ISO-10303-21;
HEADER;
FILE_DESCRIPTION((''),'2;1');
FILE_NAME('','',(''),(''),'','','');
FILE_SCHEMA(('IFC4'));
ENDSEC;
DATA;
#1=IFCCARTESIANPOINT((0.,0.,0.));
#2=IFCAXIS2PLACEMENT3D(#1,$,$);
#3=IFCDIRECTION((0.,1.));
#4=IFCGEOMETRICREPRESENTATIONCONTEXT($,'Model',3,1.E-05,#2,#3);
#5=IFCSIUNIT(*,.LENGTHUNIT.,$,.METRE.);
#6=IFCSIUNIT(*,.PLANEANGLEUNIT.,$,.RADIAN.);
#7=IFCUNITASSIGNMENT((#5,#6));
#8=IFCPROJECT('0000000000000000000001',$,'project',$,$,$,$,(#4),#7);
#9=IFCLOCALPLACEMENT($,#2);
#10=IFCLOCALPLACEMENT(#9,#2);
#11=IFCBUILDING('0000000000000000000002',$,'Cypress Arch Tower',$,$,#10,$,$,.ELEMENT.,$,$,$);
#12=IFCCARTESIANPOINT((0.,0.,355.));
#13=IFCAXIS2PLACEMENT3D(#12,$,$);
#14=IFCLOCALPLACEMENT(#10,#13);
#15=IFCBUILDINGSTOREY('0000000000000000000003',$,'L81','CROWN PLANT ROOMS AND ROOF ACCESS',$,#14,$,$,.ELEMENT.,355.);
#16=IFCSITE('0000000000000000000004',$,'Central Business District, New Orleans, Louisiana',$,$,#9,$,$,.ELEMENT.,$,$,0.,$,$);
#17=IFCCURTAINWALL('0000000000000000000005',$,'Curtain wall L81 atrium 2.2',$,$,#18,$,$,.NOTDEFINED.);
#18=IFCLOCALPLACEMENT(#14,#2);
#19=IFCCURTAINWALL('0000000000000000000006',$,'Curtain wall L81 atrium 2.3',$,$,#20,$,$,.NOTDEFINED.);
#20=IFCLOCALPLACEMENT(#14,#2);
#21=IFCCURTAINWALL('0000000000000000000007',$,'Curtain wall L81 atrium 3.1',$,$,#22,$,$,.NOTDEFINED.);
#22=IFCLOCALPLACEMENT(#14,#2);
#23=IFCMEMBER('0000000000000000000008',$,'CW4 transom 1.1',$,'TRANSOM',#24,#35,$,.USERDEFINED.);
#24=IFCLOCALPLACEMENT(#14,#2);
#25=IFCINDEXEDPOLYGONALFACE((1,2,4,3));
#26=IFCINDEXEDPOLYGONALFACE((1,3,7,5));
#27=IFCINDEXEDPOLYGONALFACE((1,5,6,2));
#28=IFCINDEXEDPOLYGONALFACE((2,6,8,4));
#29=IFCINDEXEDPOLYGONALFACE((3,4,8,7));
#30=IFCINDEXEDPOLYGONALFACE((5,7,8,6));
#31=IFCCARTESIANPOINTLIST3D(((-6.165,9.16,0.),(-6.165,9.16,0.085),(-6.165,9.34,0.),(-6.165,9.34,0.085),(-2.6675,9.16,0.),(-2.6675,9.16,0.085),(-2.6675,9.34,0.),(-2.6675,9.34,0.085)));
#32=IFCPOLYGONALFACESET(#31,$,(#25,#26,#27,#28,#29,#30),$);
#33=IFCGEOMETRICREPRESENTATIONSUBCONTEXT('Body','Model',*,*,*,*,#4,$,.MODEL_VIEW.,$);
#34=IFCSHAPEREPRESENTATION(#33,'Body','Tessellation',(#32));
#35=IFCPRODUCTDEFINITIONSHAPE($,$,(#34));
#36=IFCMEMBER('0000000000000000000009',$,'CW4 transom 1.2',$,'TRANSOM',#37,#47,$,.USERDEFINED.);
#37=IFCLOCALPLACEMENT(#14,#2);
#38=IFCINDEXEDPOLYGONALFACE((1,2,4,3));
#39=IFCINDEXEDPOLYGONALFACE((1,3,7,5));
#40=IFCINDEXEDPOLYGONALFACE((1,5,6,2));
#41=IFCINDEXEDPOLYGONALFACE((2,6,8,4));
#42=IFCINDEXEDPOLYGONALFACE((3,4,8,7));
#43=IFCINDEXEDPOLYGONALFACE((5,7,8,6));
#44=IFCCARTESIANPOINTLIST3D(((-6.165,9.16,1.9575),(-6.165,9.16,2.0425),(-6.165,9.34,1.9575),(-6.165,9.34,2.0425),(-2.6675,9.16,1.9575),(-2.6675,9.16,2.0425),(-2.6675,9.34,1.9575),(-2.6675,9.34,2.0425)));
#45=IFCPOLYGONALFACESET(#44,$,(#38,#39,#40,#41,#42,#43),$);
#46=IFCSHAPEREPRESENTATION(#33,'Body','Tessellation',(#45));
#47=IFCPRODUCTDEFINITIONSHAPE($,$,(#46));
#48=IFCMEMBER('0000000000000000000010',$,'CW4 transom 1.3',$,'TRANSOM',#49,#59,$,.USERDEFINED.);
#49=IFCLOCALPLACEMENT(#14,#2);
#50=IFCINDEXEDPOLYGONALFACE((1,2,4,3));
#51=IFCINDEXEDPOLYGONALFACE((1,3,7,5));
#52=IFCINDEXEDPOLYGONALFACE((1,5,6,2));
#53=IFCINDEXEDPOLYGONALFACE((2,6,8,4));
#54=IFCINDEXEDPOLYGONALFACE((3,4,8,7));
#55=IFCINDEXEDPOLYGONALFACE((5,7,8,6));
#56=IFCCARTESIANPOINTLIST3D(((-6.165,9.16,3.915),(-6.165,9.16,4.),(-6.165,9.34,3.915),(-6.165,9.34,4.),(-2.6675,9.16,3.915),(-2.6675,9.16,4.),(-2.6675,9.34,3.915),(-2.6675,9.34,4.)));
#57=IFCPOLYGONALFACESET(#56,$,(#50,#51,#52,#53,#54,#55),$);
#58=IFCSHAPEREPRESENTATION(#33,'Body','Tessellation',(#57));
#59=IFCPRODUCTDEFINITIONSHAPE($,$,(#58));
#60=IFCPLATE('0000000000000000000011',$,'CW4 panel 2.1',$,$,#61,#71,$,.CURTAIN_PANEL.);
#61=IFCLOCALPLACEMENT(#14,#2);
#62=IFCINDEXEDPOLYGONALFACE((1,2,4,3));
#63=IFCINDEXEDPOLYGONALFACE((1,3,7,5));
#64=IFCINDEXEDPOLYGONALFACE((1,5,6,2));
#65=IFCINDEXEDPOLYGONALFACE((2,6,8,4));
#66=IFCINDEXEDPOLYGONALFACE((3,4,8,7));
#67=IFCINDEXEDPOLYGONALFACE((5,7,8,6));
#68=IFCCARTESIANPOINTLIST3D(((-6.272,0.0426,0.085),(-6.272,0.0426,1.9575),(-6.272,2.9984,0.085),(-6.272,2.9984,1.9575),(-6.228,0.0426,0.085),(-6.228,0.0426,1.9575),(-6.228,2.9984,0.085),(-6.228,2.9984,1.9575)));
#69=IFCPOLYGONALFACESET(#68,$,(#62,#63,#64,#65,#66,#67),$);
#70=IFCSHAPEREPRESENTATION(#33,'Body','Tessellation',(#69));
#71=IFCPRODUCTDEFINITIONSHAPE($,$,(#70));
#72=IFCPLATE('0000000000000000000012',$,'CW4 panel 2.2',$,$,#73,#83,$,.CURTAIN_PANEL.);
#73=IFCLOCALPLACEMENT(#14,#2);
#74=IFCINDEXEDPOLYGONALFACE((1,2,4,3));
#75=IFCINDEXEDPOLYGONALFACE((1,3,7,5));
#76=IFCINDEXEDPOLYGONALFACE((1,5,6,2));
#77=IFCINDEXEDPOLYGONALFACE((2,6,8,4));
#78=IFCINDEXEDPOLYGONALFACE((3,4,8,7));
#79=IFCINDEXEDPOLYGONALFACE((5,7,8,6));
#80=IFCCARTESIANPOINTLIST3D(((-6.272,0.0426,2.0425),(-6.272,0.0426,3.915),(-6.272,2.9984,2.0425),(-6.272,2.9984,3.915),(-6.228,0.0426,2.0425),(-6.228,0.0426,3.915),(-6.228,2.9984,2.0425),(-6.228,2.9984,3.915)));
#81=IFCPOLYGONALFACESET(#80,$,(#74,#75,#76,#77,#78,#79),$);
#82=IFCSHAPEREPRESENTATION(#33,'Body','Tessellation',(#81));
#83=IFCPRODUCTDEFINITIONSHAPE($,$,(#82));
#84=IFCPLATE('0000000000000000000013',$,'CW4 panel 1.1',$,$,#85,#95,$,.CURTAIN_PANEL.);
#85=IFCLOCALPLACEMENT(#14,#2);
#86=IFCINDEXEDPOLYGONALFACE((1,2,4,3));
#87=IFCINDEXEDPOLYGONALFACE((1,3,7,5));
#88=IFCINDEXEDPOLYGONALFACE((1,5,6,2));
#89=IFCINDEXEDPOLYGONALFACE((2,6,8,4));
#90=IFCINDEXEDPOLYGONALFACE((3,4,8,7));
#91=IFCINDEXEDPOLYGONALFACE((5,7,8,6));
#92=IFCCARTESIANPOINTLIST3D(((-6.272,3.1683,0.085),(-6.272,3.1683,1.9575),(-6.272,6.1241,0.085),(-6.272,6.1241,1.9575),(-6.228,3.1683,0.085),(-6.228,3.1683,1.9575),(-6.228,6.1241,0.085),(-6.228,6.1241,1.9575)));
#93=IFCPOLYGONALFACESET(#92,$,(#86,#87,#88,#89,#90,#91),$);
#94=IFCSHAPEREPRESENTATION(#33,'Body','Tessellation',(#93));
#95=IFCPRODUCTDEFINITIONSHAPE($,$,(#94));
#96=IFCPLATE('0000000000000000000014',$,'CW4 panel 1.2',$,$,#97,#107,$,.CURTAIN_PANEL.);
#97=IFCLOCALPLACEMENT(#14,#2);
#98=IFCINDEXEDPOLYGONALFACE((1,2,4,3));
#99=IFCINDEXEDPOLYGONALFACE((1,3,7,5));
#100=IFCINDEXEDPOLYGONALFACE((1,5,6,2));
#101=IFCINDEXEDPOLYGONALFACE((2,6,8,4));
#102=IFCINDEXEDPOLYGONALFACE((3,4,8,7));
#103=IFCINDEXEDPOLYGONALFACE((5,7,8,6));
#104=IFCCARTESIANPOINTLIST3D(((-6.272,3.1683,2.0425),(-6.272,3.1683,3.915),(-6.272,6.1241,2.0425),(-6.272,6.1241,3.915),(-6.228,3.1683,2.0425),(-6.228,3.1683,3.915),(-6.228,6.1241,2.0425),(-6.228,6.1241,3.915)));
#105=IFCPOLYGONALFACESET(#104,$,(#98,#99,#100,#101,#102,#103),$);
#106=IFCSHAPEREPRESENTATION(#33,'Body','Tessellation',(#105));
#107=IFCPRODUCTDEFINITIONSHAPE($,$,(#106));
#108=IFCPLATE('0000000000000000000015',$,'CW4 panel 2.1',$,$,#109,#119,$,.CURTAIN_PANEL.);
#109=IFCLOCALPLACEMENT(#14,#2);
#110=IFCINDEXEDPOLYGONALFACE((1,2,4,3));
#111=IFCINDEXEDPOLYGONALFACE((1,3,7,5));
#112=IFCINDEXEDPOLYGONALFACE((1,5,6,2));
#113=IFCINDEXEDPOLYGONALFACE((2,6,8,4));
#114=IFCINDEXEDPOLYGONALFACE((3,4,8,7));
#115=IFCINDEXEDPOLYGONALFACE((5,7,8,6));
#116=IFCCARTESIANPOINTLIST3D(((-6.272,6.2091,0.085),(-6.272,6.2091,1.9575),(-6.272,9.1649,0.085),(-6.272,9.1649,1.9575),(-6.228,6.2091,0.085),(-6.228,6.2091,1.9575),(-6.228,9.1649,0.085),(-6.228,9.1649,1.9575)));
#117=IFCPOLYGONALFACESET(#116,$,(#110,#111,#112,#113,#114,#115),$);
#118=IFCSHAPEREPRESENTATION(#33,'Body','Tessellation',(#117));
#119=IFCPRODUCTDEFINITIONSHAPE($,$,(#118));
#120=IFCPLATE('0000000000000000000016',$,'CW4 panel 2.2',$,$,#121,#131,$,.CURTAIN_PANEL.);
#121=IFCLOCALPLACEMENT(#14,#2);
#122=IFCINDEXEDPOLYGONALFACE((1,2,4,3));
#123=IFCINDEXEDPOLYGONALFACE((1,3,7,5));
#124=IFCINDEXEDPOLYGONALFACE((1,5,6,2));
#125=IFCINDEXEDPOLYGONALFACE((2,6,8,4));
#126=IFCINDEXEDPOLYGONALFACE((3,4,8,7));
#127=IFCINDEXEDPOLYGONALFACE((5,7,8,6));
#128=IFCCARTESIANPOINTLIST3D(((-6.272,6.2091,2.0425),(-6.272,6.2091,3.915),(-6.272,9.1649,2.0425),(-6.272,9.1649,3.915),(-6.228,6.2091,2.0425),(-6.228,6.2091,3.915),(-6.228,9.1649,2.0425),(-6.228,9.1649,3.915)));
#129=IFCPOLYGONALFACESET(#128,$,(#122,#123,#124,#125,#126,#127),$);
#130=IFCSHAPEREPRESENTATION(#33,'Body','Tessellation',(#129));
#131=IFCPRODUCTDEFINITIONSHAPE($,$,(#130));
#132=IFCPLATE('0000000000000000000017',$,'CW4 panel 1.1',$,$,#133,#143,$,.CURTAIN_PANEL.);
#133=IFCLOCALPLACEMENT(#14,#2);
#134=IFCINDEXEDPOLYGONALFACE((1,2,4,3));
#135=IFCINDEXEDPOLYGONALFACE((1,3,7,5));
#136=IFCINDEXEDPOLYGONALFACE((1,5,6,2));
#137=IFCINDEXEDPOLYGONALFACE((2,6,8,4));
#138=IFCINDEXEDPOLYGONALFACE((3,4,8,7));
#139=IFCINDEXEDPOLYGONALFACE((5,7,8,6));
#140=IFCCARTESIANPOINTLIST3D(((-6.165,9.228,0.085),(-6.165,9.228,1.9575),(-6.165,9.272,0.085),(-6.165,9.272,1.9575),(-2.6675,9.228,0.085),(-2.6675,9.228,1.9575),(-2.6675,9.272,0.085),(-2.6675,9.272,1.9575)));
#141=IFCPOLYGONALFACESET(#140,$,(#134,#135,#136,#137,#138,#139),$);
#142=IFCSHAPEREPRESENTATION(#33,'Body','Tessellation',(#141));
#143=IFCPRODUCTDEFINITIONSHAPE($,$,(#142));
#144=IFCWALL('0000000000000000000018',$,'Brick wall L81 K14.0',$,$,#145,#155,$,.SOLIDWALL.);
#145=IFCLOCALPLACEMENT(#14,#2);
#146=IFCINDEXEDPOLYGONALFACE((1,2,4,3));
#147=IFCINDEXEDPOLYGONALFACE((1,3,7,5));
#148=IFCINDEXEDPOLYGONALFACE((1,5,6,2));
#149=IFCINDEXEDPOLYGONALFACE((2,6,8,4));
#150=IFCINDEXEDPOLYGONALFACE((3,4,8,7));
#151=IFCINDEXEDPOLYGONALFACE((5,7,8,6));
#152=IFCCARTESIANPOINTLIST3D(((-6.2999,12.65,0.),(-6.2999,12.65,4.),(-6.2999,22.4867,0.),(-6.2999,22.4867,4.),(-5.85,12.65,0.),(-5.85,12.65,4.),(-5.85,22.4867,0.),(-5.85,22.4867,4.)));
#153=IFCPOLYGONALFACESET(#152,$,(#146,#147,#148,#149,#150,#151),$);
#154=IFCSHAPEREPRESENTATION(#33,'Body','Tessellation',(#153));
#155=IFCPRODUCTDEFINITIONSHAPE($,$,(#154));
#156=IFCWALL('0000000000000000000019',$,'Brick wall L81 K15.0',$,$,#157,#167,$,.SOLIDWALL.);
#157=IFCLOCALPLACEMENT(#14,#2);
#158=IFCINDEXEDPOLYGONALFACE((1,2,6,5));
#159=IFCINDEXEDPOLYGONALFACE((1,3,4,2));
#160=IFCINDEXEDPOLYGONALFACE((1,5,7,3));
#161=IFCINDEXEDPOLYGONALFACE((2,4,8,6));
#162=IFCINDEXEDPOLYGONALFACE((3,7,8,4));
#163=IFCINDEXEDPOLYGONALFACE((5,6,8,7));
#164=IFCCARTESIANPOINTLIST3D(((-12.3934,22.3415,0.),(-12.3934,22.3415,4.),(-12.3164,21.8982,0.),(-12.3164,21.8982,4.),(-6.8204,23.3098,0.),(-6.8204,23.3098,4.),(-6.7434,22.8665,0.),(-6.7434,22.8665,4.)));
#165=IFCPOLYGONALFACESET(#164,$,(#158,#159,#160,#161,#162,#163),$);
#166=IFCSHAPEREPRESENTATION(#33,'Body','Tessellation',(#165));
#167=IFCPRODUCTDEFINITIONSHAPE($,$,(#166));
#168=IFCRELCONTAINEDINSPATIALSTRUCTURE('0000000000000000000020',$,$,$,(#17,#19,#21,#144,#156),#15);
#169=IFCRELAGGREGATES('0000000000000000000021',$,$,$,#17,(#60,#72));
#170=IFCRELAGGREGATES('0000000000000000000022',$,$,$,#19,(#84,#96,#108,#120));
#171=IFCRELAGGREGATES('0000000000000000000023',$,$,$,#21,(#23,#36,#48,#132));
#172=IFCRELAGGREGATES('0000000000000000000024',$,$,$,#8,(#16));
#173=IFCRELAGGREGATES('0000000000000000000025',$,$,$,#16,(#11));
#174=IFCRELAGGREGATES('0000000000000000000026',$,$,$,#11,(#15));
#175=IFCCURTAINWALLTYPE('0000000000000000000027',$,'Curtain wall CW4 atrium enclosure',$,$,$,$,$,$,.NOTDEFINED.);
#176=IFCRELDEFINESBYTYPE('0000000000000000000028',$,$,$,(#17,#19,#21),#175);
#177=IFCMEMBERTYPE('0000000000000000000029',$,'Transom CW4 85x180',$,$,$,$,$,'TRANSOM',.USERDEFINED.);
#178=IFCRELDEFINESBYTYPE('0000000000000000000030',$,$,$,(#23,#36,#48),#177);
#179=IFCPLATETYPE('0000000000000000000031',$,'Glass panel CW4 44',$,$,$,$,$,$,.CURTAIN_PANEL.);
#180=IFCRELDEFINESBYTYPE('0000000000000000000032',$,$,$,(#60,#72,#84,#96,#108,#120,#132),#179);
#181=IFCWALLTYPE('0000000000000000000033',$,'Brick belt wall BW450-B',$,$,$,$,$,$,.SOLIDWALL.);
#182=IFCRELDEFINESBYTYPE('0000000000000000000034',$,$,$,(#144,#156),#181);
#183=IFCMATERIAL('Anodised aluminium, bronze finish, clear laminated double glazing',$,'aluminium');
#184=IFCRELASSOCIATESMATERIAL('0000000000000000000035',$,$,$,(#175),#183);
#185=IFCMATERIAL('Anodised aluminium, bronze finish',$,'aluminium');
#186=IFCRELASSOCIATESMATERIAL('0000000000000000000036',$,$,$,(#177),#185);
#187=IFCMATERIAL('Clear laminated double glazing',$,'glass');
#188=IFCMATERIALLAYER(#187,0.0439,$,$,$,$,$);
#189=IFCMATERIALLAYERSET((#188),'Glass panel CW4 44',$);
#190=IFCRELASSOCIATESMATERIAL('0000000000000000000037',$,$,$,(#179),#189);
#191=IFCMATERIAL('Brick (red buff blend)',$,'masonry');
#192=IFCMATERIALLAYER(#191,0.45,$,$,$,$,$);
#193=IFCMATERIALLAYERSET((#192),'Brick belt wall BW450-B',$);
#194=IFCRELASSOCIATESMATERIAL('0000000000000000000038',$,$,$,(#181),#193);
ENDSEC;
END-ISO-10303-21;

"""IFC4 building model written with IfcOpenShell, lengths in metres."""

from ifc_helpers import new_model, si_unit, direction, frame, frame_2d, origin, origin_2d, place, context, subcontext, project, spatial, rectangle, extrude, material, layer, layer_set, material_profile, profile_set, type_object, element, aggregate, save


model = new_model("IFC4")

# Units and contexts
model_context = context("Model", 3, precision=1e-05, world=origin(), true_north=direction((0.0, 1.0)))
body_context = subcontext(model_context, "Body", "Model", "MODEL_VIEW")
ifc_project = project(units=[si_unit("LENGTHUNIT", "METRE"), si_unit("PLANEANGLEUNIT", "RADIAN")], contexts=[model_context])

# Site, building, storey
site_placement = place(None, origin())
site = spatial("IfcSite", under=ifc_project, at=site_placement, Name="Central Business District, New Orleans, Louisiana", CompositionType="ELEMENT", RefElevation=0.0)
building_placement = place(site_placement, origin())
building = spatial("IfcBuilding", under=site, at=building_placement, Name="Cypress Arch Tower", CompositionType="ELEMENT")
storey_placement = place(building_placement, frame((0.0, 0.0, 355.0)))
storey = spatial("IfcBuildingStorey", under=building, at=storey_placement, Name="L81", Description="CROWN PLANT ROOMS AND ROOF ACCESS", CompositionType="ELEMENT", Elevation=355.0)

# Curtain walls
ifc_material_1 = material(Name="Anodised aluminium, bronze finish, clear laminated double glazing", Category="aluminium")
curtain_wall_type = type_object("IfcCurtainWallType", Name="Curtain wall CW4 atrium enclosure", PredefinedType="NOTDEFINED", material=ifc_material_1)
curtain_wall_1_placement = place(storey_placement, origin())
curtain_wall_1 = element("IfcCurtainWall", 1, at=curtain_wall_1_placement, inside=storey, type_object=curtain_wall_type, Name="Curtain wall L81 atrium 2.2", PredefinedType="NOTDEFINED")
curtain_wall_2_placement = place(storey_placement, origin())
curtain_wall_2 = element("IfcCurtainWall", 2, at=curtain_wall_2_placement, inside=storey, type_object=curtain_wall_type, Name="Curtain wall L81 atrium 2.3", PredefinedType="NOTDEFINED")

# Curtain wall
curtain_wall_3_placement = place(storey_placement, origin())
curtain_wall_3 = element("IfcCurtainWall", 3, at=curtain_wall_3_placement, inside=storey, type_object=curtain_wall_type, Name="Curtain wall L81 atrium 3.1", PredefinedType="NOTDEFINED")

# Members
ifc_material_2 = material(Name="Anodised aluminium, bronze finish", Category="aluminium")
ifc_material_profile_1 = material_profile(ifc_material_2, rectangle(XDim=0.1799, YDim=0.085, at=origin_2d()), Name="Transom 85x180")
ifc_profile_set_1 = profile_set([ifc_material_profile_1], Name="Anodised aluminium, bronze finish")
member_type_1 = type_object("IfcMemberType", Name="Transom CW4 85x180", ElementType="TRANSOM", PredefinedType="USERDEFINED", material=ifc_profile_set_1)
member_1_placement = place(storey_placement, frame((-6.165, 9.25, 0.0425), z_axis=(1.0, 0.0, 0.0), x_axis=(0.0, 1.0, 0.0)))
member_1 = element("IfcMember", 4, at=member_1_placement, type_object=member_type_1, Name="CW4 transom 1.1", ObjectType="TRANSOM", PredefinedType="USERDEFINED", context=body_context, shape_type="SweptSolid", body=[
    extrude(rectangle(XDim=0.1799, YDim=0.085, at=origin_2d()), origin(), (0.0, 0.0, 1.0), 3.4976),
])
member_2_placement = place(storey_placement, frame((-6.165, 9.25, 2.0), z_axis=(1.0, 0.0, 0.0), x_axis=(0.0, 1.0, 0.0)))
member_2 = element("IfcMember", 5, at=member_2_placement, type_object=member_type_1, Name="CW4 transom 1.2", ObjectType="TRANSOM", PredefinedType="USERDEFINED", context=body_context, shape_type="SweptSolid", body=[
    extrude(rectangle(XDim=0.1799, YDim=0.085, at=origin_2d()), origin(), (0.0, 0.0, 1.0), 3.4976),
])
member_3_placement = place(storey_placement, frame((-6.165, 9.25, 3.9575), z_axis=(1.0, 0.0, 0.0), x_axis=(0.0, 1.0, 0.0)))
member_3 = element("IfcMember", 6, at=member_3_placement, type_object=member_type_1, Name="CW4 transom 1.3", ObjectType="TRANSOM", PredefinedType="USERDEFINED", context=body_context, shape_type="SweptSolid", body=[
    extrude(rectangle(XDim=0.1799, YDim=0.085, at=origin_2d()), origin(), (0.0, 0.0, 1.0), 3.4976),
])

# Plates
ifc_material_3 = material(Name="Clear laminated double glazing", Category="glass")
ifc_layer_1 = layer(ifc_material_3, 0.0439)
ifc_layer_set_1 = layer_set([ifc_layer_1], Name="Glass panel CW4 44")
plate_type = type_object("IfcPlateType", Name="Glass panel CW4 44", PredefinedType="CURTAIN_PANEL", material=ifc_layer_set_1)
plate_1_placement = place(storey_placement, frame((-6.25, 1.5205, 0.085), z_axis=(0.0, 0.0, 1.0), x_axis=(0.0, 1.0, 0.0)))
plate_1 = element("IfcPlate", 7, at=plate_1_placement, type_object=plate_type, Name="CW4 panel 2.1", PredefinedType="CURTAIN_PANEL", context=body_context, shape_type="SweptSolid", body=[
    extrude(rectangle(XDim=2.9558, YDim=0.0439, at=origin_2d()), origin(), (0.0, 0.0, 1.0), 1.8726),
])
plate_2_placement = place(storey_placement, frame((-6.25, 1.5205, 2.0425), z_axis=(0.0, 0.0, 1.0), x_axis=(0.0, 1.0, 0.0)))
plate_2 = element("IfcPlate", 8, at=plate_2_placement, type_object=plate_type, Name="CW4 panel 2.2", PredefinedType="CURTAIN_PANEL", context=body_context, shape_type="SweptSolid", body=[
    extrude(rectangle(XDim=2.9558, YDim=0.0439, at=origin_2d()), origin(), (0.0, 0.0, 1.0), 1.8726),
])
aggregate(curtain_wall_1, [plate_1, plate_2])
plate_3_placement = place(storey_placement, frame((-6.25, 4.6462, 0.085), z_axis=(0.0, 0.0, 1.0), x_axis=(0.0, 1.0, 0.0)))
plate_3 = element("IfcPlate", 9, at=plate_3_placement, type_object=plate_type, Name="CW4 panel 1.1", PredefinedType="CURTAIN_PANEL", context=body_context, shape_type="SweptSolid", body=[
    extrude(rectangle(XDim=2.9558, YDim=0.0439, at=origin_2d()), origin(), (0.0, 0.0, 1.0), 1.8726),
])
plate_4_placement = place(storey_placement, frame((-6.25, 4.6462, 2.0425), z_axis=(0.0, 0.0, 1.0), x_axis=(0.0, 1.0, 0.0)))
plate_4 = element("IfcPlate", 10, at=plate_4_placement, type_object=plate_type, Name="CW4 panel 1.2", PredefinedType="CURTAIN_PANEL", context=body_context, shape_type="SweptSolid", body=[
    extrude(rectangle(XDim=2.9558, YDim=0.0439, at=origin_2d()), origin(), (0.0, 0.0, 1.0), 1.8726),
])
plate_5_placement = place(storey_placement, frame((-6.25, 7.687, 0.085), z_axis=(0.0, 0.0, 1.0), x_axis=(0.0, 1.0, 0.0)))
plate_5 = element("IfcPlate", 11, at=plate_5_placement, type_object=plate_type, Name="CW4 panel 2.1", PredefinedType="CURTAIN_PANEL", context=body_context, shape_type="SweptSolid", body=[
    extrude(rectangle(XDim=2.9558, YDim=0.0439, at=origin_2d()), origin(), (0.0, 0.0, 1.0), 1.8726),
])
plate_6_placement = place(storey_placement, frame((-6.25, 7.687, 2.0425), z_axis=(0.0, 0.0, 1.0), x_axis=(0.0, 1.0, 0.0)))
plate_6 = element("IfcPlate", 12, at=plate_6_placement, type_object=plate_type, Name="CW4 panel 2.2", PredefinedType="CURTAIN_PANEL", context=body_context, shape_type="SweptSolid", body=[
    extrude(rectangle(XDim=2.9558, YDim=0.0439, at=origin_2d()), origin(), (0.0, 0.0, 1.0), 1.8726),
])
aggregate(curtain_wall_2, [plate_3, plate_4, plate_5, plate_6])
plate_7_placement = place(storey_placement, frame((-4.4163, 9.25, 0.085), z_axis=(0.0, 0.0, 1.0), x_axis=(1.0, 0.0, 0.0)))
plate_7 = element("IfcPlate", 13, at=plate_7_placement, type_object=plate_type, Name="CW4 panel 1.1", PredefinedType="CURTAIN_PANEL", context=body_context, shape_type="SweptSolid", body=[
    extrude(rectangle(XDim=3.4976, YDim=0.0439, at=origin_2d()), origin(), (0.0, 0.0, 1.0), 1.8726),
])
aggregate(curtain_wall_3, [member_1, member_2, member_3, plate_7])

# Walls
ifc_material_4 = material(Name="Brick (red buff blend)", Category="masonry")
ifc_layer_2 = layer(ifc_material_4, 0.45)
ifc_layer_set_2 = layer_set([ifc_layer_2], Name="Brick belt wall BW450-B")
wall_type = type_object("IfcWallType", Name="Brick belt wall BW450-B", PredefinedType="SOLIDWALL", material=ifc_layer_set_2)
wall_1_placement = place(storey_placement, frame((-6.075, 12.6499, 0.0), z_axis=(0.0, 0.0, 1.0), x_axis=(0.0, 1.0, 0.0)))
element("IfcWall", 14, at=wall_1_placement, inside=storey, type_object=wall_type, Name="Brick wall L81 K14.0", PredefinedType="SOLIDWALL", context=body_context, shape_type="SweptSolid", body=[
    extrude(rectangle(XDim=9.8367, YDim=0.45, at=frame_2d((4.9185, 0.0))), origin(), (0.0, 0.0, 1.0), 4.0),
])
wall_2_placement = place(storey_placement, frame((-6.782, 23.0881, 0.0), z_axis=(0.0, 0.0, 1.0), x_axis=(-0.98524, -0.171177, 0.0)))
element("IfcWall", 15, at=wall_2_placement, inside=storey, type_object=wall_type, Name="Brick wall L81 K15.0", PredefinedType="SOLIDWALL", context=body_context, shape_type="SweptSolid", body=[
    extrude(rectangle(XDim=5.6565, YDim=0.45, at=frame_2d((2.8281, 0.0))), origin(), (0.0, 0.0, 1.0), 4.0),
])

save(model, "model.ifc")
